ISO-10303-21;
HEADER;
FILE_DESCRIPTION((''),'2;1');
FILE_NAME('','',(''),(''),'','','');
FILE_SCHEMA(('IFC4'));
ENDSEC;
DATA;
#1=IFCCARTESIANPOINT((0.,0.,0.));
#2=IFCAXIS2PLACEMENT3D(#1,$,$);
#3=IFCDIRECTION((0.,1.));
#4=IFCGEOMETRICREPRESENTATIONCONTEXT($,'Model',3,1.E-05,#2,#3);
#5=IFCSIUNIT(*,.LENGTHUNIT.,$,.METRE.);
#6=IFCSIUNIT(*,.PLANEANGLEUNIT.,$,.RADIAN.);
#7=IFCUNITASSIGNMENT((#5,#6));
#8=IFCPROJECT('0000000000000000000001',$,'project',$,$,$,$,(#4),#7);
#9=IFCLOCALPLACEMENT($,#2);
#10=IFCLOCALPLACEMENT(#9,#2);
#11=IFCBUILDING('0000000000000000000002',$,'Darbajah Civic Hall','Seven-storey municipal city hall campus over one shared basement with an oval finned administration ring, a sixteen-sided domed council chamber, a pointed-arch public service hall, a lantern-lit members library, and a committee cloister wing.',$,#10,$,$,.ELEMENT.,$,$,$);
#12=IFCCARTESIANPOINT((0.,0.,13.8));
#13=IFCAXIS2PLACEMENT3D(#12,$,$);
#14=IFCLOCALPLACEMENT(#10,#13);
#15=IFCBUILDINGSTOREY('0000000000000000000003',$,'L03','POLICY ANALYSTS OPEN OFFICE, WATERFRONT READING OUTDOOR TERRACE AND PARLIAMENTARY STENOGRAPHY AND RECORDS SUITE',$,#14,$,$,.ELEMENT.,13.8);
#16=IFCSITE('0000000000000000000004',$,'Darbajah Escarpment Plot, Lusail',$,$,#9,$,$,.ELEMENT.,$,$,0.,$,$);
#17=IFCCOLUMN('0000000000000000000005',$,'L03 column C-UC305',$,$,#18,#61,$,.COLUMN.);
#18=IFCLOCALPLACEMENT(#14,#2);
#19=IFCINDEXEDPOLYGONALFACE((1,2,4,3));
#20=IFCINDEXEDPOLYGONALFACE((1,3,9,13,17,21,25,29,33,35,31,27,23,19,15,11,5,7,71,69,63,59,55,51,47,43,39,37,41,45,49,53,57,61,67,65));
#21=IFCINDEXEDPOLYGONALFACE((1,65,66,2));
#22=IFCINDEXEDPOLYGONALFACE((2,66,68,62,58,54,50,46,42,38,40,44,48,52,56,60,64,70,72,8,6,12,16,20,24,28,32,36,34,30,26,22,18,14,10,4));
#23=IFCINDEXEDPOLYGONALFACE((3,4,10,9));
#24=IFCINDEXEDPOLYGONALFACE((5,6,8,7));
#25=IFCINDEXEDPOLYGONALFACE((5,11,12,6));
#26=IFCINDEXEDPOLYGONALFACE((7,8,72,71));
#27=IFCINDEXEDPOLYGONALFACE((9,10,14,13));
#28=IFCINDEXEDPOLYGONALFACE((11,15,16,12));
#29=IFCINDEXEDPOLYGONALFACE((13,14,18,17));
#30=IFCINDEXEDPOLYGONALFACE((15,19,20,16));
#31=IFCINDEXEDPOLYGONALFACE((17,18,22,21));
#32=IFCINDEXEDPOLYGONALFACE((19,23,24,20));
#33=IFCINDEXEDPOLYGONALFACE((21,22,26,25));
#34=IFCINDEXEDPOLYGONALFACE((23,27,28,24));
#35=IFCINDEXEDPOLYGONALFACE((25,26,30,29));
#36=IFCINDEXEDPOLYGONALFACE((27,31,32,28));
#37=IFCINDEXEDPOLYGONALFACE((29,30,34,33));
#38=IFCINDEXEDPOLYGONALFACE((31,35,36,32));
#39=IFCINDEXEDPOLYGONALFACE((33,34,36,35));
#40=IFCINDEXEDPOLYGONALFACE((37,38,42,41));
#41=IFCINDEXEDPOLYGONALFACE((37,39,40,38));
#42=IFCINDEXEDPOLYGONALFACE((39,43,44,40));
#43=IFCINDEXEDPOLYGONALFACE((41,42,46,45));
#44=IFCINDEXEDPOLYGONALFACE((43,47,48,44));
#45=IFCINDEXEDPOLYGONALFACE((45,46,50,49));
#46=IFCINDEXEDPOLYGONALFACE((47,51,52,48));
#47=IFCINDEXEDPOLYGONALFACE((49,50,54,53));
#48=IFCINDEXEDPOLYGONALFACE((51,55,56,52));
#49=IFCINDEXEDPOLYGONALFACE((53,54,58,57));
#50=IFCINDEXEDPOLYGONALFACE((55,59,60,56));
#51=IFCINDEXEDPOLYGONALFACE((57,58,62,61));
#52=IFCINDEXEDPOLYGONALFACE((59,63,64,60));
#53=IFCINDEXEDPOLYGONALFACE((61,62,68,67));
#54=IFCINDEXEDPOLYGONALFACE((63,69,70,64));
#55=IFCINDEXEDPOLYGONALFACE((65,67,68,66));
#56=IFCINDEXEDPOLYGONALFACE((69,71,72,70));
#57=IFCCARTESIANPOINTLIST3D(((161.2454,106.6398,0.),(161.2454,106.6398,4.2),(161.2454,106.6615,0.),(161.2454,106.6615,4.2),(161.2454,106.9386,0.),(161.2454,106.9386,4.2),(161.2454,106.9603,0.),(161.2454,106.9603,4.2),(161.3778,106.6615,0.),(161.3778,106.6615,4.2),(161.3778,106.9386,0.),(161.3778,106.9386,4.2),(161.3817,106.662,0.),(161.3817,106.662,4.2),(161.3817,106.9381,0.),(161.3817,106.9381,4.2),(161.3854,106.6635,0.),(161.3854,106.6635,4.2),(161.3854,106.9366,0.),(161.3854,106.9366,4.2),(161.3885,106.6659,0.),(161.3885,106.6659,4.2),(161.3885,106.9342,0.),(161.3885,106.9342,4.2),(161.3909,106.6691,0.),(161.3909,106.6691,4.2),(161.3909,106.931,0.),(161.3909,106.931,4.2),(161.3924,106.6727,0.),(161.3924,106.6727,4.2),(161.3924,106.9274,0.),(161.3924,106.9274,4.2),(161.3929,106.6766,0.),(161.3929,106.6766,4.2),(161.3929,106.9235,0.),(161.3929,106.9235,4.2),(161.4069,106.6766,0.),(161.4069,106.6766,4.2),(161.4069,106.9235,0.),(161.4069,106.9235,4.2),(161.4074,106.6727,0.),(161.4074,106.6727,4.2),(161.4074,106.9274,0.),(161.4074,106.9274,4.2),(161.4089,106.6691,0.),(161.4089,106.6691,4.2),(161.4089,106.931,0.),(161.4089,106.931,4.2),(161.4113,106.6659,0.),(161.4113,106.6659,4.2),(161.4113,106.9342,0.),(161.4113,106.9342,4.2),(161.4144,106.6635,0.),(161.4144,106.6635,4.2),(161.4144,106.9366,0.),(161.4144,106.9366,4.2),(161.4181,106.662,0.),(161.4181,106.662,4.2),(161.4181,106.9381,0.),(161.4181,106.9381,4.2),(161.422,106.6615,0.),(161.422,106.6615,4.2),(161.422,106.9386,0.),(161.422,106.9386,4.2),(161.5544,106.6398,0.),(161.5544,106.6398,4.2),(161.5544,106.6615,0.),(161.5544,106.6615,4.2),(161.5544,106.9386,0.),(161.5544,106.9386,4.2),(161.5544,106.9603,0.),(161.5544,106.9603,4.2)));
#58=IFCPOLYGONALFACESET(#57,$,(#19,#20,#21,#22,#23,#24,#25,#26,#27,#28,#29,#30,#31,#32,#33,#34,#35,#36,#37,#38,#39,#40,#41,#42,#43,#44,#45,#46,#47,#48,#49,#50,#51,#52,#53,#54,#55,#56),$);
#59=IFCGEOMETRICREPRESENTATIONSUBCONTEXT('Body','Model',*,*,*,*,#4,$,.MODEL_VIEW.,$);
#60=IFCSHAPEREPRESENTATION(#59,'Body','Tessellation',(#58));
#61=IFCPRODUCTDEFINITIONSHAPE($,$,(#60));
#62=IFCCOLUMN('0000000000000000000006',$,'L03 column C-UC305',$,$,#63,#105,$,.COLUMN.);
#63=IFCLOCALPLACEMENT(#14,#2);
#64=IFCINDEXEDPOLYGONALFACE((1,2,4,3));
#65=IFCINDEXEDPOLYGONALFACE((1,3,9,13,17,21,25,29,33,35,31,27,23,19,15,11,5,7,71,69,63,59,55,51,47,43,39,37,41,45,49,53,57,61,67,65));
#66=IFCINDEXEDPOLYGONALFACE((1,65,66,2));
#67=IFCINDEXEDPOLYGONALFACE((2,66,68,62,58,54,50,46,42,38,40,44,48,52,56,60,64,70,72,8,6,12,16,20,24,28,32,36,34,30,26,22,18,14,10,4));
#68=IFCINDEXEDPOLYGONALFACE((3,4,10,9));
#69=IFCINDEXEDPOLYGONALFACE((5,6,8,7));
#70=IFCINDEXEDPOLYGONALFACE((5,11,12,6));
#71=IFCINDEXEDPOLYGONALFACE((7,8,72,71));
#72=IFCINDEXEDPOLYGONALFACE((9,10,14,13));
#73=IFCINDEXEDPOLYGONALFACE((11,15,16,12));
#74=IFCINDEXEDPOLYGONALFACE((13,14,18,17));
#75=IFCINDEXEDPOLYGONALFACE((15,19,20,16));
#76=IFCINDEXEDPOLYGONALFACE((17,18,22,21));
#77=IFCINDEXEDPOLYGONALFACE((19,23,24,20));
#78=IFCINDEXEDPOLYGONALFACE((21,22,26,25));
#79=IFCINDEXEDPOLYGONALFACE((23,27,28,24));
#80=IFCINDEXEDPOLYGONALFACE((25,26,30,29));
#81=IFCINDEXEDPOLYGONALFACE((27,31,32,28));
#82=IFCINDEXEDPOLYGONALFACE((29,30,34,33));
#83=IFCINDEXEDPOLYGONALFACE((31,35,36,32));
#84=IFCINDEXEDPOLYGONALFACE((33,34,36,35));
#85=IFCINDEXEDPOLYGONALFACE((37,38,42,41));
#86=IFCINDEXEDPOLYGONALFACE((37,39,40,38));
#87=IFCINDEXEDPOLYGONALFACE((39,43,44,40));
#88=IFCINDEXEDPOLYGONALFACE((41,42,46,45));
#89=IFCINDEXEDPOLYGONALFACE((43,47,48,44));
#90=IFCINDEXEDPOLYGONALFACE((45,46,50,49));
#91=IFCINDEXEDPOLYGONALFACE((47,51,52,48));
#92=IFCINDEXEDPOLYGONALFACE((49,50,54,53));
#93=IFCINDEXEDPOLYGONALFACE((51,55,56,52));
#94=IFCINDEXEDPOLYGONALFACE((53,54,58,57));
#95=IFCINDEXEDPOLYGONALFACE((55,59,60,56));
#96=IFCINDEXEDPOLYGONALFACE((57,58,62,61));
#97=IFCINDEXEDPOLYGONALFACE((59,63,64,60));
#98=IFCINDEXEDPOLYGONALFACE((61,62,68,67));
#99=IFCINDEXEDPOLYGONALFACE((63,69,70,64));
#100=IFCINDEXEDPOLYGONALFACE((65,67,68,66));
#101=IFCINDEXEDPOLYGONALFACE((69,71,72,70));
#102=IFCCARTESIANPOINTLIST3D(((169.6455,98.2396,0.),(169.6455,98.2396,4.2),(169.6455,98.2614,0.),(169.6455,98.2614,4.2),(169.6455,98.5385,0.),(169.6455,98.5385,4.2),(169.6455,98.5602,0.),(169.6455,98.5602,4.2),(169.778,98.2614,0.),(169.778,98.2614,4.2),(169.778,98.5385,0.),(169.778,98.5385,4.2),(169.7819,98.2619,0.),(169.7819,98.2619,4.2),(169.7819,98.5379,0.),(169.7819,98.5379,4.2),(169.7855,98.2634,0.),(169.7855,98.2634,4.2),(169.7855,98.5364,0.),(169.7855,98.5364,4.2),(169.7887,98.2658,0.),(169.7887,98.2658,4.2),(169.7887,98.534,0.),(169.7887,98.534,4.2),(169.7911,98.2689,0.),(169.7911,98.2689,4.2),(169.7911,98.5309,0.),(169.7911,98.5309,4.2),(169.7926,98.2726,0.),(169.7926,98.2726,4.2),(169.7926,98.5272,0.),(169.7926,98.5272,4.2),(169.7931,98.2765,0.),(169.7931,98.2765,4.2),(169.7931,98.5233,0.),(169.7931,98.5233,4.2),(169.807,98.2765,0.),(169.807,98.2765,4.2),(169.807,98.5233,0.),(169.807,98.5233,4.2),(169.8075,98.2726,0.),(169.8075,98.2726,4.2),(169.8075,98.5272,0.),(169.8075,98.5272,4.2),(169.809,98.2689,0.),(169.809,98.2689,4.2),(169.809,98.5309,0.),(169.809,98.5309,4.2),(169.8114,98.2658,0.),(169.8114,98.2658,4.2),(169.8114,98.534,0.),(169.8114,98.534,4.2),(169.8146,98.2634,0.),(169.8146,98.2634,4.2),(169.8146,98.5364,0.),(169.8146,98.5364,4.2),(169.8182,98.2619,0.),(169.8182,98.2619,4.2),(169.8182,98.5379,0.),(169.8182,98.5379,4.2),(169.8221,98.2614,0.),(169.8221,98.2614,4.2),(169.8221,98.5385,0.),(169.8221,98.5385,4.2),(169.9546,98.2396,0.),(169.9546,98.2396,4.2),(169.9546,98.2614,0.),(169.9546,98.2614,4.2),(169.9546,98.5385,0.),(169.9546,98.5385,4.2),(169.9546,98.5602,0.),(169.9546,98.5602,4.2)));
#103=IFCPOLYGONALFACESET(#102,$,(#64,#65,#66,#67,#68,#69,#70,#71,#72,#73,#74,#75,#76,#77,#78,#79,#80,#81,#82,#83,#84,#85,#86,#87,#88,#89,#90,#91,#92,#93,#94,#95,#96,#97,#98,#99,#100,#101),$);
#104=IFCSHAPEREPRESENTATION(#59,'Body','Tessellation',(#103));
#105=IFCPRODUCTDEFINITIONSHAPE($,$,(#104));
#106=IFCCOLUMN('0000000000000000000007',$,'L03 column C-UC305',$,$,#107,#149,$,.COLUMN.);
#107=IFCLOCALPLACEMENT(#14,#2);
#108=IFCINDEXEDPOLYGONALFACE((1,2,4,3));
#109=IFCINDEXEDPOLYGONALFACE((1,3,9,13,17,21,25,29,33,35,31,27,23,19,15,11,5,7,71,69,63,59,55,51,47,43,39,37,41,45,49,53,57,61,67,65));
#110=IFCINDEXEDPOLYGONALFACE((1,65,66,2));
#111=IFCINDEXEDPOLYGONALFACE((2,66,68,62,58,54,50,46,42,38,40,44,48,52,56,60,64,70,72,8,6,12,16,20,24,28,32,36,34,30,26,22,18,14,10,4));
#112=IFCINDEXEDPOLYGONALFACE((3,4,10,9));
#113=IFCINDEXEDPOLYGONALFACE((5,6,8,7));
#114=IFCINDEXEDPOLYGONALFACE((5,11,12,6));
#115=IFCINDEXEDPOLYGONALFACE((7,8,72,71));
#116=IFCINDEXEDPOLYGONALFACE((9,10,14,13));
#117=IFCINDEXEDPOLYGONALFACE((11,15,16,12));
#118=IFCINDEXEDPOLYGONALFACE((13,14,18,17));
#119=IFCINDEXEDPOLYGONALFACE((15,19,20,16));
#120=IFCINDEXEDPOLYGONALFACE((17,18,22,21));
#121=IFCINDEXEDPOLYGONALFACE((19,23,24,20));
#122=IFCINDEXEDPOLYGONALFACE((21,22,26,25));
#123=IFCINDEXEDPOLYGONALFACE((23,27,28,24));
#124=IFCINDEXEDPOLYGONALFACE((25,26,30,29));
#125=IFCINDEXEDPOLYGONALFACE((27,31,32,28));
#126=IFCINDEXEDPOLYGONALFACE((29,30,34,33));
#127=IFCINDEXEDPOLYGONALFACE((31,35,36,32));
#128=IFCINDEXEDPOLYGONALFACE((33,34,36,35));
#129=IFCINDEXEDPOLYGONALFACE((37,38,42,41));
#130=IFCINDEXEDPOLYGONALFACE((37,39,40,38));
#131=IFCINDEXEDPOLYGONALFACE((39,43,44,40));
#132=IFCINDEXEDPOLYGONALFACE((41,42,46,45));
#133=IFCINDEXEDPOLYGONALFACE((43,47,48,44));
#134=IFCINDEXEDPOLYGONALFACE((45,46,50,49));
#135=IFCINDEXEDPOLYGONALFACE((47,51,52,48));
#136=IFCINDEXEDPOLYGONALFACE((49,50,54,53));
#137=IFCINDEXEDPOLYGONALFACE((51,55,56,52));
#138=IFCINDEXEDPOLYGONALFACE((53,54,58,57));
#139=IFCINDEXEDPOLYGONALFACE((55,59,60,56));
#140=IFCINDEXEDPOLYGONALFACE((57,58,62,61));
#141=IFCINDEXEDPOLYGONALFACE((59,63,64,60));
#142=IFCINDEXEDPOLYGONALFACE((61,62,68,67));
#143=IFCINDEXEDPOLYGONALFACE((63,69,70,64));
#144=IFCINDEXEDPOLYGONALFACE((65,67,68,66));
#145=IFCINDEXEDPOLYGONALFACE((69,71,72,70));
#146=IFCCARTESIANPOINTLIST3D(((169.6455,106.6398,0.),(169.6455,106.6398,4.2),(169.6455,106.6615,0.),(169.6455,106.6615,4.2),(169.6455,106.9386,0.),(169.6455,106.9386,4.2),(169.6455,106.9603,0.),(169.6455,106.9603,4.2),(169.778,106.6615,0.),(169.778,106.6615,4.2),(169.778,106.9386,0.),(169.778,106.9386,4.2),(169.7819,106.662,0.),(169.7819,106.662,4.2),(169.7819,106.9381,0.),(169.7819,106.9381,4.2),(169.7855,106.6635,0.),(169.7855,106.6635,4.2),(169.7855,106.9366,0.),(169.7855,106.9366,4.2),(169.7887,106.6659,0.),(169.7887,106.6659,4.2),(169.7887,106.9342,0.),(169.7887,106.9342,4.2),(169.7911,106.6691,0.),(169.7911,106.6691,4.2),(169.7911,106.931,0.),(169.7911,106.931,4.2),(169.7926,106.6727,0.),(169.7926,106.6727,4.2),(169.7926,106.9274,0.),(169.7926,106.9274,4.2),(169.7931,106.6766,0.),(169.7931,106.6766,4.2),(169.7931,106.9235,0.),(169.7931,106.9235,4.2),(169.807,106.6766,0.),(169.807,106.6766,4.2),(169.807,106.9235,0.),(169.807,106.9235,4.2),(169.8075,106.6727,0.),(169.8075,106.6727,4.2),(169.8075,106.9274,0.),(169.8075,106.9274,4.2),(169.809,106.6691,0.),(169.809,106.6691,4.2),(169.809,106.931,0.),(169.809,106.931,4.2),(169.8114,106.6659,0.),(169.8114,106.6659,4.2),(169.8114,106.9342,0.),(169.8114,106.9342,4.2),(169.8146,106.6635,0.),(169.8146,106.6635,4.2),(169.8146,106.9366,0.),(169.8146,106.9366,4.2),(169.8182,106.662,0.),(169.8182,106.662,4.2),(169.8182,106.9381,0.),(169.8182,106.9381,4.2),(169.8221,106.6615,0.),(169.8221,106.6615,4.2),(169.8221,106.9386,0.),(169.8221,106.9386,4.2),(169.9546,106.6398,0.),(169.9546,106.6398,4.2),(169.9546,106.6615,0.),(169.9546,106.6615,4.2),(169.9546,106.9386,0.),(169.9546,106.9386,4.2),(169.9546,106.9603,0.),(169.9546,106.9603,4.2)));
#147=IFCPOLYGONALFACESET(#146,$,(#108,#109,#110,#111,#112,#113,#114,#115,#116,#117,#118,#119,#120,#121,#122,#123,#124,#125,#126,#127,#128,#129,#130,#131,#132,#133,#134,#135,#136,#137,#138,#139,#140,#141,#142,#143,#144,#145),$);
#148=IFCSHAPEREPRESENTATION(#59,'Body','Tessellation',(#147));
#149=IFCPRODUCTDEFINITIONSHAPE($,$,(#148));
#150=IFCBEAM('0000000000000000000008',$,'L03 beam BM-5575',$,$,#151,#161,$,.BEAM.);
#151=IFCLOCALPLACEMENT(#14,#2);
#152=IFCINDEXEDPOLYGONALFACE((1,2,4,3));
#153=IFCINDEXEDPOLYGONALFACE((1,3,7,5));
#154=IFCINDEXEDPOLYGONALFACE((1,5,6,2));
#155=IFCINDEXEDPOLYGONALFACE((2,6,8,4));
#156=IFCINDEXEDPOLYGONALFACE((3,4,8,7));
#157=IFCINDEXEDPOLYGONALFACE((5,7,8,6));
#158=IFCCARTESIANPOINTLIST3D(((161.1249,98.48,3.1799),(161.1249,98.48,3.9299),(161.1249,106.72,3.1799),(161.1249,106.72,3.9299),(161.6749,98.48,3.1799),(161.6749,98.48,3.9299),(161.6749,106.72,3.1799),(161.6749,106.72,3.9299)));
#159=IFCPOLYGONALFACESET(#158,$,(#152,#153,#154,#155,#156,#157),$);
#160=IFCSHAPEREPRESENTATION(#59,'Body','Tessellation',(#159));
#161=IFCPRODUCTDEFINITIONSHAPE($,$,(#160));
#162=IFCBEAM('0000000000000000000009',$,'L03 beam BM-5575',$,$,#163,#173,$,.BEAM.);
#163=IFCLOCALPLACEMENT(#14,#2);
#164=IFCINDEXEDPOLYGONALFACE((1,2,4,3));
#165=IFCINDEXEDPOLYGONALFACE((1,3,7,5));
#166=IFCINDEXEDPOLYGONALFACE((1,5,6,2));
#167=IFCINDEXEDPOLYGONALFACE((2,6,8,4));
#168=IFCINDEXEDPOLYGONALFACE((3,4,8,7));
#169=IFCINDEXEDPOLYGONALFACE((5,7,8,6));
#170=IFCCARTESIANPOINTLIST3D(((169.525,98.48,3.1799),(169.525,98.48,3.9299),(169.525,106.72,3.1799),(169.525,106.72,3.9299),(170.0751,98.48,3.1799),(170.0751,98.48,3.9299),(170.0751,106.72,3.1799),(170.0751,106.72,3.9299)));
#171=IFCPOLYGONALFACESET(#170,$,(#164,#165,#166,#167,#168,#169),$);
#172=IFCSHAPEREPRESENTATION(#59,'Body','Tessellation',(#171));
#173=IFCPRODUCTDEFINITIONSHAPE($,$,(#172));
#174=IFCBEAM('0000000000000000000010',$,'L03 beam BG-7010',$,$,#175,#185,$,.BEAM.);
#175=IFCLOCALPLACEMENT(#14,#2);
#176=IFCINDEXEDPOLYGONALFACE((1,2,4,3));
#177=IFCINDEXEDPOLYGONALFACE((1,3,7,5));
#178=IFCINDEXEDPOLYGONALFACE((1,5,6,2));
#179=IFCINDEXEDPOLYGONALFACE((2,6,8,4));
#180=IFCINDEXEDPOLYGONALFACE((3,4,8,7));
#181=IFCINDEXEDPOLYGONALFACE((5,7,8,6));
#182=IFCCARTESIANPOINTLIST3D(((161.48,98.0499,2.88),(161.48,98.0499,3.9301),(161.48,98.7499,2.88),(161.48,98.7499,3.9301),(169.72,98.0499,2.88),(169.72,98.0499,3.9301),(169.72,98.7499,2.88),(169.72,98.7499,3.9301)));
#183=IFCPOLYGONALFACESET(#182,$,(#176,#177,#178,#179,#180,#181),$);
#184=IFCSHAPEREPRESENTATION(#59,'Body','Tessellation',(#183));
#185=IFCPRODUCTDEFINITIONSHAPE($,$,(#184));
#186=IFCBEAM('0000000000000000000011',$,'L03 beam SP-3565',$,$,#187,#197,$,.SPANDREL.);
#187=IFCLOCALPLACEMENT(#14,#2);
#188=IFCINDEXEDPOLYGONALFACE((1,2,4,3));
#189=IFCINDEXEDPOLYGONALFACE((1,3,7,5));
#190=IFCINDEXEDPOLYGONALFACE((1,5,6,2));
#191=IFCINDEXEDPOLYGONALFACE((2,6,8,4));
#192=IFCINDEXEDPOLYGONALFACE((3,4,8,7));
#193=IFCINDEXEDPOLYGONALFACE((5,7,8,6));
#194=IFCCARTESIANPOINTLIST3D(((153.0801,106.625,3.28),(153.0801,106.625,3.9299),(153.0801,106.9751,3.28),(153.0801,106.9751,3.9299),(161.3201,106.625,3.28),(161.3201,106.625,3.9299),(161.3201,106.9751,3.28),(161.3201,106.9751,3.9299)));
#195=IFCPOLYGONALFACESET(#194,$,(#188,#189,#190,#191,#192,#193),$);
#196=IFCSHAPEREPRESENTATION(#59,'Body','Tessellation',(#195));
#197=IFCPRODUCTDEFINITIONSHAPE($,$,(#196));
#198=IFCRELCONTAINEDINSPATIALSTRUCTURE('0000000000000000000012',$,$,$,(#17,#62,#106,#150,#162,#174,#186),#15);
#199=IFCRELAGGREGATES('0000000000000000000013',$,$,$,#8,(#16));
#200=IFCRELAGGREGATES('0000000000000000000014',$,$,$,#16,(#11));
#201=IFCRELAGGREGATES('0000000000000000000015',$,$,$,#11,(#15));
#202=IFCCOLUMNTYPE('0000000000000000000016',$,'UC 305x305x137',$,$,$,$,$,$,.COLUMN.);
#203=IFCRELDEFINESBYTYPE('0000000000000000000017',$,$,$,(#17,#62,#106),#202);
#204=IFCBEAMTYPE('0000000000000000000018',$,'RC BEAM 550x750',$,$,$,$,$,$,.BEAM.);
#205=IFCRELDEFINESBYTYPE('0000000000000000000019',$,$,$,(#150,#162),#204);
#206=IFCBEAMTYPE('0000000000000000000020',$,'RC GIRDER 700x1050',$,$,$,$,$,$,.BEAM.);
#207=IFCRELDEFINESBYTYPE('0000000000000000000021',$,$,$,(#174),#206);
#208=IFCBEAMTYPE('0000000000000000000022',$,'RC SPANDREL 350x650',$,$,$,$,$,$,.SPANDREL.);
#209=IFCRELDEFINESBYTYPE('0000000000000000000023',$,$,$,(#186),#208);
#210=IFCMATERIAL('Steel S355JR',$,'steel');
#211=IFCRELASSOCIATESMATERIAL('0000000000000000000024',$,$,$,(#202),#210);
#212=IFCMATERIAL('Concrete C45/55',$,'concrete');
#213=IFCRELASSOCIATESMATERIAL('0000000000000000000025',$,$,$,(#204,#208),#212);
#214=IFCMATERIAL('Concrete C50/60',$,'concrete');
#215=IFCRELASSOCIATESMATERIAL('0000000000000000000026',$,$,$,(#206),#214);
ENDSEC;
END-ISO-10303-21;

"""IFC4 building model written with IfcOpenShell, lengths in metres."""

from ifc_helpers import new_model, si_unit, direction, frame, origin, origin_2d, place, context, subcontext, project, spatial, rectangle, i_section, extrude, material, material_profile, profile_set, type_object, element, save


model = new_model("IFC4")

# Units and contexts
model_context = context("Model", 3, precision=1e-05, world=origin(), true_north=direction((0.0, 1.0)))
body_context = subcontext(model_context, "Body", "Model", "MODEL_VIEW")
ifc_project = project(units=[si_unit("LENGTHUNIT", "METRE"), si_unit("PLANEANGLEUNIT", "RADIAN")], contexts=[model_context])

# Site, building, storey
site_placement = place(None, origin())
site = spatial("IfcSite", under=ifc_project, at=site_placement, Name="Darbajah Escarpment Plot, Lusail", CompositionType="ELEMENT", RefElevation=0.0)
building_placement = place(site_placement, origin())
building = spatial("IfcBuilding", under=site, at=building_placement, Name="Darbajah Civic Hall", Description="Seven-storey municipal city hall campus over one shared basement with an oval finned administration ring, a sixteen-sided domed council chamber, a pointed-arch public service hall, a lantern-lit members library, and a committee cloister wing.", CompositionType="ELEMENT")
storey_placement = place(building_placement, frame((0.0, 0.0, 13.8)))
storey = spatial("IfcBuildingStorey", under=building, at=storey_placement, Name="L03", Description="POLICY ANALYSTS OPEN OFFICE, WATERFRONT READING OUTDOOR TERRACE AND PARLIAMENTARY STENOGRAPHY AND RECORDS SUITE", CompositionType="ELEMENT", Elevation=13.8)

# Columns
ifc_material_1 = material(Name="Steel S355JR", Category="steel")
ifc_material_profile_1 = material_profile(ifc_material_1, i_section(OverallWidth=0.3091, OverallDepth=0.3206, WebThickness=0.0139, FlangeThickness=0.0217, FilletRadius=0.0151, at=origin_2d()), Name="UC 305x305x137")
ifc_profile_set_1 = profile_set([ifc_material_profile_1], Name="Steel S355JR")
column_type = type_object("IfcColumnType", Name="UC 305x305x137", PredefinedType="COLUMN", material=ifc_profile_set_1)
for number, where, z_axis, x_axis, name in (
    (1, (161.3999, 106.8, 0.0), (0.0, 0.0, 1.0), (1.0, 0.0, 0.0), "L03 column C-UC305"),
    (2, (169.8, 98.3999, 0.0), (0.0, 0.0, 1.0), (1.0, 0.0, 0.0), "L03 column C-UC305"),
    (3, (169.8, 106.8, 0.0), (0.0, 0.0, 1.0), (1.0, 0.0, 0.0), "L03 column C-UC305"),
):
    element("IfcColumn", number, at=place(storey_placement, frame(where, z_axis=z_axis, x_axis=x_axis)), inside=storey, type_object=column_type, Name=name, PredefinedType="COLUMN", context=body_context, shape_type="SweptSolid", body=[
        extrude(i_section(OverallWidth=0.3091, OverallDepth=0.3206, WebThickness=0.0139, FlangeThickness=0.0217, FilletRadius=0.0151, at=origin_2d()), origin(), (0.0, 0.0, 1.0), 4.2),
    ])

# Beams
ifc_material_2 = material(Name="Concrete C45/55", Category="concrete")
ifc_material_profile_2 = material_profile(ifc_material_2, rectangle(XDim=0.55, YDim=0.75, at=origin_2d()), Name="RC BEAM 550x750")
ifc_profile_set_2 = profile_set([ifc_material_profile_2], Name="Concrete C45/55")
beam_type_1 = type_object("IfcBeamType", Name="RC BEAM 550x750", PredefinedType="BEAM", material=ifc_profile_set_2)
for number, where, z_axis, x_axis, name in (
    (4, (161.3999, 98.48, 3.5549), (0.0, 1.0, 0.0), (-1.0, 0.0, 0.0), "L03 beam BM-5575"),
    (5, (169.8, 98.48, 3.5549), (0.0, 1.0, 0.0), (-1.0, 0.0, 0.0), "L03 beam BM-5575"),
):
    element("IfcBeam", number, at=place(storey_placement, frame(where, z_axis=z_axis, x_axis=x_axis)), inside=storey, type_object=beam_type_1, Name=name, PredefinedType="BEAM", context=body_context, shape_type="SweptSolid", body=[
        extrude(rectangle(XDim=0.55, YDim=0.75, at=origin_2d()), origin(), (0.0, 0.0, 1.0), 8.24),
    ])
ifc_material_3 = material(Name="Concrete C50/60", Category="concrete")
ifc_material_profile_3 = material_profile(ifc_material_3, rectangle(XDim=0.7, YDim=1.05, at=origin_2d()), Name="RC GIRDER 700x1050")
ifc_profile_set_3 = profile_set([ifc_material_profile_3], Name="Concrete C50/60")
beam_type_2 = type_object("IfcBeamType", Name="RC GIRDER 700x1050", PredefinedType="BEAM", material=ifc_profile_set_3)
beam_placement = place(storey_placement, frame((161.48, 98.3999, 3.405), z_axis=(1.0, 0.0, 0.0), x_axis=(0.0, 1.0, 0.0)))
element("IfcBeam", 6, at=beam_placement, inside=storey, type_object=beam_type_2, Name="L03 beam BG-7010", PredefinedType="BEAM", context=body_context, shape_type="SweptSolid", body=[
    extrude(rectangle(XDim=0.7, YDim=1.05, at=origin_2d()), origin(), (0.0, 0.0, 1.0), 8.24),
])
ifc_material_profile_4 = material_profile(ifc_material_2, rectangle(XDim=0.3501, YDim=0.6499, at=origin_2d()), Name="RC SPANDREL 350x650")
ifc_profile_set_4 = profile_set([ifc_material_profile_4], Name="Concrete C45/55")
beam_type_3 = type_object("IfcBeamType", Name="RC SPANDREL 350x650", PredefinedType="SPANDREL", material=ifc_profile_set_4)
for number, where, z_axis, x_axis, name in (
    (7, (153.0801, 106.8, 3.605), (1.0, 0.0, 0.0), (0.0, 1.0, 0.0), "L03 beam SP-3565"),
):
    element("IfcBeam", number, at=place(storey_placement, frame(where, z_axis=z_axis, x_axis=x_axis)), inside=storey, type_object=beam_type_3, Name=name, PredefinedType="SPANDREL", context=body_context, shape_type="SweptSolid", body=[
        extrude(rectangle(XDim=0.3501, YDim=0.6499, at=origin_2d()), origin(), (0.0, 0.0, 1.0), 8.24),
    ])

save(model, "model.ifc")
